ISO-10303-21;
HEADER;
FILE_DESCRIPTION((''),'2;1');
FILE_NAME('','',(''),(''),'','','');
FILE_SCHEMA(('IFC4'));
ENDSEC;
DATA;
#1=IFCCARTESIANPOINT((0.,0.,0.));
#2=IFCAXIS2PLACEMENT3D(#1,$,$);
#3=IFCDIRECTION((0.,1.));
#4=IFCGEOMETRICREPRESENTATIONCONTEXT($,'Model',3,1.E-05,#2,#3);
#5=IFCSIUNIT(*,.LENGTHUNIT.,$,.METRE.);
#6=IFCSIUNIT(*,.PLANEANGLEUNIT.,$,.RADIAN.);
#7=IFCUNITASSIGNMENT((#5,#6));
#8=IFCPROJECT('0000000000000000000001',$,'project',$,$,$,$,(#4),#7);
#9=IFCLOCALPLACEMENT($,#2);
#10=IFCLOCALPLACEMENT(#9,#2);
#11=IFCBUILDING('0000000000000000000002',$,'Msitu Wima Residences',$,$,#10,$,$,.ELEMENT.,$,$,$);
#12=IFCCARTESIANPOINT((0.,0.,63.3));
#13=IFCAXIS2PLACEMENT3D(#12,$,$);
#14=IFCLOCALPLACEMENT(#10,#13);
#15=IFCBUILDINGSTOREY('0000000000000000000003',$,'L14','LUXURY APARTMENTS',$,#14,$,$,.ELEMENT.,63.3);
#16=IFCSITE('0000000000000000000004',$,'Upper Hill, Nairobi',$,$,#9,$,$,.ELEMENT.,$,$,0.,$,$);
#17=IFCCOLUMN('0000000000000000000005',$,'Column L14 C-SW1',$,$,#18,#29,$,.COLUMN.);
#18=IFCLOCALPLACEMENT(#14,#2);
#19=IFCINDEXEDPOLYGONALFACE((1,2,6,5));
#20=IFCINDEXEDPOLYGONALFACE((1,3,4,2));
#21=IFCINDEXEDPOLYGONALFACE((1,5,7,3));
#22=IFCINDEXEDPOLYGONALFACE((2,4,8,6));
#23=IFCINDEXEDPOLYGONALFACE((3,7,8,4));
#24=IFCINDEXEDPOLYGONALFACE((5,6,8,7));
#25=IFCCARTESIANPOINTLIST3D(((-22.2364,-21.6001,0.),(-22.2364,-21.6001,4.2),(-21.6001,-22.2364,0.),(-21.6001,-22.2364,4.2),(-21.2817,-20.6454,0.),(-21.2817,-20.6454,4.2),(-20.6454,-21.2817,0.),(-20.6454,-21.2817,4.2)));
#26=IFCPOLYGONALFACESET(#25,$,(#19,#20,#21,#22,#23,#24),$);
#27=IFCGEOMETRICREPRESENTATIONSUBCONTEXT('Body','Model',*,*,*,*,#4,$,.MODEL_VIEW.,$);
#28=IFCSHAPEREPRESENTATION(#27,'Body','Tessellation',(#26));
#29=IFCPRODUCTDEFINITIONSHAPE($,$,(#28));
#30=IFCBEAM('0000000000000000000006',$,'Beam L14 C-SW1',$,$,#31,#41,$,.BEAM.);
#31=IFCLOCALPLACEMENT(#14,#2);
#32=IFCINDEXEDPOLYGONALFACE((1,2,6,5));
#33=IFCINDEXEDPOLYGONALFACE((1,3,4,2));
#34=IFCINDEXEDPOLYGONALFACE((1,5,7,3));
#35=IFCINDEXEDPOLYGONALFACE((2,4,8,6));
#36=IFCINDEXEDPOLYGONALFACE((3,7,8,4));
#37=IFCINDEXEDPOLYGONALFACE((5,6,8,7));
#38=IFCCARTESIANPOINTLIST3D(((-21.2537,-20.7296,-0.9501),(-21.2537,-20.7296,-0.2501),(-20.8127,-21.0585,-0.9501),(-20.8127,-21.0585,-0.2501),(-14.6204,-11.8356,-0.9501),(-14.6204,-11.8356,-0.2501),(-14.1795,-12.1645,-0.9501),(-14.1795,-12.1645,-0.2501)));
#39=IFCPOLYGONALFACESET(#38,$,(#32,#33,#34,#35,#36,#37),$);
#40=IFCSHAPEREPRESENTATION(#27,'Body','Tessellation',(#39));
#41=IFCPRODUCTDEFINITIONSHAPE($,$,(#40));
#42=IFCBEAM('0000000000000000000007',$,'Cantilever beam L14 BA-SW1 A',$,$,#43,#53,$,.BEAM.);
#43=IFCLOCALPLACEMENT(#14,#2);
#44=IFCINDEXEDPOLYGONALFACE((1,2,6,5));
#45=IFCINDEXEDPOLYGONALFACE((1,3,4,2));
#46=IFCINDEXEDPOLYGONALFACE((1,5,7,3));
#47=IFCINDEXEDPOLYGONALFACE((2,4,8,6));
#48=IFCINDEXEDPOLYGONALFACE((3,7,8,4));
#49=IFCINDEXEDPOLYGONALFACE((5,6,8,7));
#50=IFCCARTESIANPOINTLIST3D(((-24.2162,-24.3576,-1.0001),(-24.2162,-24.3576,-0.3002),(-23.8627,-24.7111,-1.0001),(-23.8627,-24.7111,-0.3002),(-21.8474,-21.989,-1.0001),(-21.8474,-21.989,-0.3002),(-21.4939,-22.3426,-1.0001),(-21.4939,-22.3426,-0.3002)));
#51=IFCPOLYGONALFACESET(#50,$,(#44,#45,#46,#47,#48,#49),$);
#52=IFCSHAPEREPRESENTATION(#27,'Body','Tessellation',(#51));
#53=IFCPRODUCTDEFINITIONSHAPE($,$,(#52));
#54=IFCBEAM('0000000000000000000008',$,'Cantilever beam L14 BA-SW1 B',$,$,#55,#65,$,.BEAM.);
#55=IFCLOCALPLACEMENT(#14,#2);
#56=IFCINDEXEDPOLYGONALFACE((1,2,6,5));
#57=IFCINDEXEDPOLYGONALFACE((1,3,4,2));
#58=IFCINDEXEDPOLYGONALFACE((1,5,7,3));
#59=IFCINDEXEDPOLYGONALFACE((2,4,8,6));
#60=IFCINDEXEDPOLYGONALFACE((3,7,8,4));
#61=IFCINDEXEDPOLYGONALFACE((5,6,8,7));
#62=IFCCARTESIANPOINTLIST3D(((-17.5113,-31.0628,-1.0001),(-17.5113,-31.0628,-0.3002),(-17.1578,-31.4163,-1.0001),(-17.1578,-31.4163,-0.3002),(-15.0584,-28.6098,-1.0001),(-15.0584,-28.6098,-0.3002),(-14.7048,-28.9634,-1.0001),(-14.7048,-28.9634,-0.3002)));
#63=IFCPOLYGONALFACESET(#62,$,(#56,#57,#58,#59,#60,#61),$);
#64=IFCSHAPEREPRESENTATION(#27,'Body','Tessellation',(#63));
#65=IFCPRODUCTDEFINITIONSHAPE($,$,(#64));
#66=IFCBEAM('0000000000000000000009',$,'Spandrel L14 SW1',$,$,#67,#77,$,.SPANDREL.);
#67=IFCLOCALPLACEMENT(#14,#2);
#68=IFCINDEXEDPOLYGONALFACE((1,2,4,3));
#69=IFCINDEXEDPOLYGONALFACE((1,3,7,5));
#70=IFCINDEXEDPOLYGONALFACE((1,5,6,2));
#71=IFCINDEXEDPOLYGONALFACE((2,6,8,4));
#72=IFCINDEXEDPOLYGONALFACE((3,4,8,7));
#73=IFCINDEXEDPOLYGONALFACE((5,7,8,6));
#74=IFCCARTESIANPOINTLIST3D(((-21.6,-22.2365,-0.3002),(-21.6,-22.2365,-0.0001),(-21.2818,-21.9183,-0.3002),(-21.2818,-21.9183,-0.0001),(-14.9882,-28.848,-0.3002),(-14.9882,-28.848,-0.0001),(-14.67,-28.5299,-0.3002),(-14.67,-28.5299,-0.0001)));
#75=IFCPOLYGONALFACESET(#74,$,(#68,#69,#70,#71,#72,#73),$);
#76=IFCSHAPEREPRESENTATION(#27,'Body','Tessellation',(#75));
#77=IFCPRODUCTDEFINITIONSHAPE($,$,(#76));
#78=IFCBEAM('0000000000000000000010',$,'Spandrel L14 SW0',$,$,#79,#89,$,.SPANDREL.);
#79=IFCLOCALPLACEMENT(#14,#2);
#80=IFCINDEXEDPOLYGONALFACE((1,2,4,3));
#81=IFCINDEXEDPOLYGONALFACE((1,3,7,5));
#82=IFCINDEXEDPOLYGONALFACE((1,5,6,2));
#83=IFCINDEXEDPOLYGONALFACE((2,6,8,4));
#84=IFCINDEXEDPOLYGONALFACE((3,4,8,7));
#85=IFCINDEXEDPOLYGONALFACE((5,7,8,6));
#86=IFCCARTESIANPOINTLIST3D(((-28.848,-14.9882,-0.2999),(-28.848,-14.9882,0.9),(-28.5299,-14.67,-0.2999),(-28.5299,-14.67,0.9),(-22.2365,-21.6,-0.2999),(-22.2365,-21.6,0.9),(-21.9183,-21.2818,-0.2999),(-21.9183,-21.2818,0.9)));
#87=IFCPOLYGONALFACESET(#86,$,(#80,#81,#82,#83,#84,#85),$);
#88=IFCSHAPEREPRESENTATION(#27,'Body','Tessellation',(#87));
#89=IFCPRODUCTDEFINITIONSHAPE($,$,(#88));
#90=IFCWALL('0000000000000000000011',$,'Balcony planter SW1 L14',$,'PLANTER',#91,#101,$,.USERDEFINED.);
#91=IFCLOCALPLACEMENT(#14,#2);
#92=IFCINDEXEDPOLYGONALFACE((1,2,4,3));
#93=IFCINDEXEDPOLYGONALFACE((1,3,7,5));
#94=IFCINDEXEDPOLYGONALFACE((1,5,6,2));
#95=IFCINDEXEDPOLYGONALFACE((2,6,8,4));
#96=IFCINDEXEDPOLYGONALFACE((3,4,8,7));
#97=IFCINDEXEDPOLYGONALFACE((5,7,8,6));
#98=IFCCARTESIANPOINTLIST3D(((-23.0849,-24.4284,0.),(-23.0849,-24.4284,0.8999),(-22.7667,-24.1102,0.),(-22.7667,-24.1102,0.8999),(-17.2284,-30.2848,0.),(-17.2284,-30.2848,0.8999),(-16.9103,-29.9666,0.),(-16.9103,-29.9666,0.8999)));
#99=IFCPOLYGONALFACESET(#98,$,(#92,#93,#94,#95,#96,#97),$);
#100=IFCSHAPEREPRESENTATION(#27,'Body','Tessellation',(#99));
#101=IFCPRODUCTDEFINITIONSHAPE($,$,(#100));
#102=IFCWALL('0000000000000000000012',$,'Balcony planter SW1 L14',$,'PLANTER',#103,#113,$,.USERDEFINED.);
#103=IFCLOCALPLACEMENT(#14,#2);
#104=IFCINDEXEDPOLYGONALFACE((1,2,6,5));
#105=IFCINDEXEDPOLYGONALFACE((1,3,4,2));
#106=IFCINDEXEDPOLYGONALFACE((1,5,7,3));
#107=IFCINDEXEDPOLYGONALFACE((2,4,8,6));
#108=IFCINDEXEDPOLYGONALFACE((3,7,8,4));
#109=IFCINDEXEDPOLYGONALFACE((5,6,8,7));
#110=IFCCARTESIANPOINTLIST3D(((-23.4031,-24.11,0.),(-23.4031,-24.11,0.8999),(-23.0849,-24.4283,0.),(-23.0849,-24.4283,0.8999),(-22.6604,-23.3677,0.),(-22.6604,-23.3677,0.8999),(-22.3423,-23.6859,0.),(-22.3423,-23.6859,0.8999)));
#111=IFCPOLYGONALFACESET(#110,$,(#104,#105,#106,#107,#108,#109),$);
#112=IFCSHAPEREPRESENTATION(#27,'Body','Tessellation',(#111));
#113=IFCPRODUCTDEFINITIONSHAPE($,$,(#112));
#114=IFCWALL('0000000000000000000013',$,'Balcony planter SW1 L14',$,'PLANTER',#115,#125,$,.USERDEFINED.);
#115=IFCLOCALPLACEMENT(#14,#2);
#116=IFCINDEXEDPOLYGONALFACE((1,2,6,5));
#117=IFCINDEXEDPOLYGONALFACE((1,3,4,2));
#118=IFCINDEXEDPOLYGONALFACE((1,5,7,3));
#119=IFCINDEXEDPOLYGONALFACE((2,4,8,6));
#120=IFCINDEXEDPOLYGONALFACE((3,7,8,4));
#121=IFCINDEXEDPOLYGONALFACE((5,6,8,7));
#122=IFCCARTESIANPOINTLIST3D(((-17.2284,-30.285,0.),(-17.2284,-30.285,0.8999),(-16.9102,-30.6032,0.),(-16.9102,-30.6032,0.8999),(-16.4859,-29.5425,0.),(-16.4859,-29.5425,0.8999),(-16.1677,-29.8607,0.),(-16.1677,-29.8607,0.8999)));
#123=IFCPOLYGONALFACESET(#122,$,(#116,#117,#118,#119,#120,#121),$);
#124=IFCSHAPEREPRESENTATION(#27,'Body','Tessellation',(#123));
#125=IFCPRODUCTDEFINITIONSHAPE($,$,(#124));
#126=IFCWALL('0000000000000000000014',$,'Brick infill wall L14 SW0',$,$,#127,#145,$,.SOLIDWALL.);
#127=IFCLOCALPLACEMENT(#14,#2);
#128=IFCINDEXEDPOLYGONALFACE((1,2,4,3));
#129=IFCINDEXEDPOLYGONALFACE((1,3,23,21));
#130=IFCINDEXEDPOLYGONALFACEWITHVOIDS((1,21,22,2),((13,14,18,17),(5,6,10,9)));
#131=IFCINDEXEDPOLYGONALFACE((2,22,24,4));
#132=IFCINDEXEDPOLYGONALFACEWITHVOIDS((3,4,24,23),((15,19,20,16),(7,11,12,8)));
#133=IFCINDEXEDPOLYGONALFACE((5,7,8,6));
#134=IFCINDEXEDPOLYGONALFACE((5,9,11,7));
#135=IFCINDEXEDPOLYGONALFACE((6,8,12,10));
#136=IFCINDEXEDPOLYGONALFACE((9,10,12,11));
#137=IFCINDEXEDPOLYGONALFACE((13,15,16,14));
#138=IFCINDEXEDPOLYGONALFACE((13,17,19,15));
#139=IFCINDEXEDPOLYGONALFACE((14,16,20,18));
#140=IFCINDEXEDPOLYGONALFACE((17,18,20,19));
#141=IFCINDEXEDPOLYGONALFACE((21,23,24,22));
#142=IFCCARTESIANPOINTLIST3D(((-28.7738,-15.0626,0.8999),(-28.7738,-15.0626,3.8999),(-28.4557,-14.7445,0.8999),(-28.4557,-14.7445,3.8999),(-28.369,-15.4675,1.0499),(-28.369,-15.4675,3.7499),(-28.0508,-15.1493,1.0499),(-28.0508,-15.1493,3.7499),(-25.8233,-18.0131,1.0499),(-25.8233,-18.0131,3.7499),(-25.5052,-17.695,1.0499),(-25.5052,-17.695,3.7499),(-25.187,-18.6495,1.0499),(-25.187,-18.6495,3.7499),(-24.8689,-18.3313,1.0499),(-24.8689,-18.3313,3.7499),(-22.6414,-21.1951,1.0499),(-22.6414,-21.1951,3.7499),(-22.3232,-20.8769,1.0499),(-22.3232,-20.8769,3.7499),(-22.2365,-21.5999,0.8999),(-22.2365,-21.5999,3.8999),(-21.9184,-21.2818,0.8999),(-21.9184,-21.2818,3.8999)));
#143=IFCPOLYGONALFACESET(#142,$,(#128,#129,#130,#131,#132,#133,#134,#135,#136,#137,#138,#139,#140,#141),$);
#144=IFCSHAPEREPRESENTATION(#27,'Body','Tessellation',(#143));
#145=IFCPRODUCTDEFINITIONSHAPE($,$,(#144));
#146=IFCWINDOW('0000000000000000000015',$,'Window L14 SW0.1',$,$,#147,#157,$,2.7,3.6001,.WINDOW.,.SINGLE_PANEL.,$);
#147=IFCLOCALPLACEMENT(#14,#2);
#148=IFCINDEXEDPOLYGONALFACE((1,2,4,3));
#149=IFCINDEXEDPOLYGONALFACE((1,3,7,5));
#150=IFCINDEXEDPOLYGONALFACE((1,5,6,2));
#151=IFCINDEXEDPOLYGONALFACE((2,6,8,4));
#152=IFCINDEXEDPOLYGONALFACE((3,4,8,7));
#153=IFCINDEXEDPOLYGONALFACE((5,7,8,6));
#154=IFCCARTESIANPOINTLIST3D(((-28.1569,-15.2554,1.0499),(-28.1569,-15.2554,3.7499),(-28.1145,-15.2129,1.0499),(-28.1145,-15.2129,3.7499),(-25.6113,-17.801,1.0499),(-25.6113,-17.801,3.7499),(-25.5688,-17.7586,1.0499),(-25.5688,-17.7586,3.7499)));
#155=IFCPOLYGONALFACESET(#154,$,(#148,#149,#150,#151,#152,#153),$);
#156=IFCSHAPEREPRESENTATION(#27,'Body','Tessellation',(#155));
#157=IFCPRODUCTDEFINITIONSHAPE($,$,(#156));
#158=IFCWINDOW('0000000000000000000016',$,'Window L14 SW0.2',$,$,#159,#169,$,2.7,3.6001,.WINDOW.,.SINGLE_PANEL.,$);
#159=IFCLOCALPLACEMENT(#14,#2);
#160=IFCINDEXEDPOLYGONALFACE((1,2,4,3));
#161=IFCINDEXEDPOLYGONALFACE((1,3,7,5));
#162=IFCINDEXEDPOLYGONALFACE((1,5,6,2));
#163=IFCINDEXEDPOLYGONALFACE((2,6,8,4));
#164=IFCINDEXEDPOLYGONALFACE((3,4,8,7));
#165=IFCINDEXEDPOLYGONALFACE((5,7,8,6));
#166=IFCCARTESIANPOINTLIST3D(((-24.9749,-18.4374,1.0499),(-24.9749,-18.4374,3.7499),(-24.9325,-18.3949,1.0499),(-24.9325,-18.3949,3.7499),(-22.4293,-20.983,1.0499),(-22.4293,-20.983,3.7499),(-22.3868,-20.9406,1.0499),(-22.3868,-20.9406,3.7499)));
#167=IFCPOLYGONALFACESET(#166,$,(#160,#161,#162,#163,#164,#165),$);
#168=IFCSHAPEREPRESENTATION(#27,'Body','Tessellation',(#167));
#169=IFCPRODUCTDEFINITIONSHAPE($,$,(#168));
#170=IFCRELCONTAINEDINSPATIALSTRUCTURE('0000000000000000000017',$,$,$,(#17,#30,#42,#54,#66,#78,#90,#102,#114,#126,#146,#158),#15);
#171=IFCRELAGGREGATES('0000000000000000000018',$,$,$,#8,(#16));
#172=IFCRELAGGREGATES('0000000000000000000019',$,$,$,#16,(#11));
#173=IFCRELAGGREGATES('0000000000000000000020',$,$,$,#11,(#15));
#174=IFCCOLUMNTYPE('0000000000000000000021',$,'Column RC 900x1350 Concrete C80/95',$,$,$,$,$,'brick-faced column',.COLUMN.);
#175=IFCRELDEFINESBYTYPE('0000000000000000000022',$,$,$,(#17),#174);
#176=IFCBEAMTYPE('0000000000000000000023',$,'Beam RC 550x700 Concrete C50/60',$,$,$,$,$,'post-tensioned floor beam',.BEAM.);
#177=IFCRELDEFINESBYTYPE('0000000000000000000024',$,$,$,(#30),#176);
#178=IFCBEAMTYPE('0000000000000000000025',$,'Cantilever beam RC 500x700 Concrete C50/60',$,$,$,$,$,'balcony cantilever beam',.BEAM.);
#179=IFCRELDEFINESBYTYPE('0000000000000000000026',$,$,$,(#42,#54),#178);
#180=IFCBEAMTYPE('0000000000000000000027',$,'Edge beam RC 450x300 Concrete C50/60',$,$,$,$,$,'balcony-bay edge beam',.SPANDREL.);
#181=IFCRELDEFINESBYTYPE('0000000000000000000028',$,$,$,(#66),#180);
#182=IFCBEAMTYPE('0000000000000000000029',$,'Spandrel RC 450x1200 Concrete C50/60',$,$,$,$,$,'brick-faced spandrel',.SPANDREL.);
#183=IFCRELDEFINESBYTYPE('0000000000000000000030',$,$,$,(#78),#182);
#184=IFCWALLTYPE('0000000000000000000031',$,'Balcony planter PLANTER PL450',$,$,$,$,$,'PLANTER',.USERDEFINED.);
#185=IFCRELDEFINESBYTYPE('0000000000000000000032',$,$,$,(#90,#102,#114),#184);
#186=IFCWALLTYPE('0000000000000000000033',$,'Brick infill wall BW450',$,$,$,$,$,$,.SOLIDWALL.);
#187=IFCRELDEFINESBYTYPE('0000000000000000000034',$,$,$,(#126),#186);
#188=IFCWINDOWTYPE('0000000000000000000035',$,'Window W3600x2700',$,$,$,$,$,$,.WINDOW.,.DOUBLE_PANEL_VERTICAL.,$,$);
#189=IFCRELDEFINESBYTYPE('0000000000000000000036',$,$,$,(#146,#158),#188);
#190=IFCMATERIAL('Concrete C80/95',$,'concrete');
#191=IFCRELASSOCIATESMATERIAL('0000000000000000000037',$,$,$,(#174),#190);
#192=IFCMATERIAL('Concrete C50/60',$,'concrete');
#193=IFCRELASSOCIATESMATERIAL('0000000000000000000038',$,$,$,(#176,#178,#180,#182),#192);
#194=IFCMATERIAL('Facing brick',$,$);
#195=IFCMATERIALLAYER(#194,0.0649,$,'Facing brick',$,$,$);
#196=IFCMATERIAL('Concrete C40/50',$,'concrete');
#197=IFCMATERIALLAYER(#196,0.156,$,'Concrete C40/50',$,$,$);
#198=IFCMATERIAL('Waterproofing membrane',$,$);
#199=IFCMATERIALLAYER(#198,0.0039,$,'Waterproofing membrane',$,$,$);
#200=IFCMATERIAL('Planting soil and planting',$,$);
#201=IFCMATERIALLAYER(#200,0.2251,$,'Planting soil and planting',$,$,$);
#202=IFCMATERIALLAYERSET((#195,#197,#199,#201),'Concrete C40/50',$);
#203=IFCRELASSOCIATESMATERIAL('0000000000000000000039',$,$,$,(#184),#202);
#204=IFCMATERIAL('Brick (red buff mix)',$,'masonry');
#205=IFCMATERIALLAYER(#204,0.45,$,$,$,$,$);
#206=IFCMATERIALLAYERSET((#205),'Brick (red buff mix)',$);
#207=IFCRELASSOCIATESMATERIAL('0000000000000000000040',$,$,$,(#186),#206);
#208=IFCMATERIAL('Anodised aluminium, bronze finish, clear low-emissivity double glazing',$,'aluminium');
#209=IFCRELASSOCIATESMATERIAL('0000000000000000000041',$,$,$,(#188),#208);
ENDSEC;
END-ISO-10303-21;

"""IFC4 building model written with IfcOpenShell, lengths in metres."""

from ifc_helpers import new_model, si_unit, direction, frame, frame_2d, origin, origin_2d, place, context, subcontext, project, spatial, rectangle, extrude, material, layer, layer_set, material_profile, profile_set, type_object, element, fill, save


model = new_model("IFC4")

# Units and contexts
model_context = context("Model", 3, precision=1e-05, world=origin(), true_north=direction((0.0, 1.0)))
body_context = subcontext(model_context, "Body", "Model", "MODEL_VIEW")
ifc_project = project(units=[si_unit("LENGTHUNIT", "METRE"), si_unit("PLANEANGLEUNIT", "RADIAN")], contexts=[model_context])

# Site, building, storey
site_placement = place(None, origin())
site = spatial("IfcSite", under=ifc_project, at=site_placement, Name="Upper Hill, Nairobi", CompositionType="ELEMENT", RefElevation=0.0)
building_placement = place(site_placement, origin())
building = spatial("IfcBuilding", under=site, at=building_placement, Name="Msitu Wima Residences", CompositionType="ELEMENT")
storey_placement = place(building_placement, frame((0.0, 0.0, 63.3)))
storey = spatial("IfcBuildingStorey", under=building, at=storey_placement, Name="L14", Description="LUXURY APARTMENTS", CompositionType="ELEMENT", Elevation=63.3)

# Column
ifc_material_1 = material(Name="Concrete C80/95", Category="concrete")
ifc_material_profile_1 = material_profile(ifc_material_1, rectangle(XDim=0.8999, YDim=1.3501, at=origin_2d()), Name="RC 900x1350")
ifc_profile_set_1 = profile_set([ifc_material_profile_1], Name="Concrete C80/95")
column_type = type_object("IfcColumnType", Name="Column RC 900x1350 Concrete C80/95", ElementType="brick-faced column", PredefinedType="COLUMN", material=ifc_profile_set_1)
column_placement = place(storey_placement, frame((-21.4409, -21.4409, 0.0), z_axis=(0.0, 0.0, 1.0), x_axis=(0.707107, -0.707107, 0.0)))
element("IfcColumn", 1, at=column_placement, inside=storey, type_object=column_type, Name="Column L14 C-SW1", PredefinedType="COLUMN", context=body_context, shape_type="SweptSolid", body=[
    extrude(rectangle(XDim=0.8999, YDim=1.3501, at=origin_2d()), origin(), (0.0, 0.0, 1.0), 4.2),
])

# Beams
ifc_material_2 = material(Name="Concrete C50/60", Category="concrete")
ifc_material_profile_2 = material_profile(ifc_material_2, rectangle(XDim=0.55, YDim=0.7, at=origin_2d()), Name="RC 550x700")
ifc_profile_set_2 = profile_set([ifc_material_profile_2], Name="Concrete C50/60")
beam_type_1 = type_object("IfcBeamType", Name="Beam RC 550x700 Concrete C50/60", ElementType="post-tensioned floor beam", PredefinedType="BEAM", material=ifc_profile_set_2)
beam_1_placement = place(storey_placement, frame((-21.0332, -20.894, -0.6001), z_axis=(0.59785, 0.801608, 0.0), x_axis=(-0.801608, 0.59785, 0.0)))
element("IfcBeam", 2, at=beam_1_placement, inside=storey, type_object=beam_type_1, Name="Beam L14 C-SW1", PredefinedType="BEAM", context=body_context, shape_type="SweptSolid", body=[
    extrude(rectangle(XDim=0.55, YDim=0.7, at=origin_2d()), origin(), (0.0, 0.0, 1.0), 11.0952),
])
ifc_material_profile_3 = material_profile(ifc_material_2, rectangle(XDim=0.5, YDim=0.7, at=origin_2d()), Name="RC 500x700")
ifc_profile_set_3 = profile_set([ifc_material_profile_3], Name="Concrete C50/60")
beam_type_2 = type_object("IfcBeamType", Name="Cantilever beam RC 500x700 Concrete C50/60", ElementType="balcony cantilever beam", PredefinedType="BEAM", material=ifc_profile_set_3)
beam_2_placement = place(storey_placement, frame((-21.6707, -22.1658, -0.6501), z_axis=(-0.707143, -0.70707, 0.0), x_axis=(0.70707, -0.707143, 0.0)))
element("IfcBeam", 3, at=beam_2_placement, inside=storey, type_object=beam_type_2, Name="Cantilever beam L14 BA-SW1 A", PredefinedType="BEAM", context=body_context, shape_type="SweptSolid", body=[
    extrude(rectangle(XDim=0.5, YDim=0.7, at=origin_2d()), origin(), (0.0, 0.0, 1.0), 3.3499),
])
beam_3_placement = place(storey_placement, frame((-14.8816, -28.7866, -0.6501), z_axis=(-0.707107, -0.707107, 0.0), x_axis=(0.707107, -0.707107, 0.0)))
element("IfcBeam", 4, at=beam_3_placement, inside=storey, type_object=beam_type_2, Name="Cantilever beam L14 BA-SW1 B", PredefinedType="BEAM", context=body_context, shape_type="SweptSolid", body=[
    extrude(rectangle(XDim=0.5, YDim=0.7, at=origin_2d()), origin(), (0.0, 0.0, 1.0), 3.469),
])
ifc_material_profile_4 = material_profile(ifc_material_2, rectangle(XDim=0.45, YDim=0.3, at=origin_2d()), Name="RC 450x300")
ifc_profile_set_4 = profile_set([ifc_material_profile_4], Name="Concrete C50/60")
beam_type_3 = type_object("IfcBeamType", Name="Edge beam RC 450x300 Concrete C50/60", ElementType="balcony-bay edge beam", PredefinedType="SPANDREL", material=ifc_profile_set_4)
beam_4_placement = place(storey_placement, frame((-21.4409, -22.0774, -0.1501), z_axis=(0.70712, -0.707094, 0.0), x_axis=(0.707094, 0.70712, 0.0)))
element("IfcBeam", 5, at=beam_4_placement, inside=storey, type_object=beam_type_3, Name="Spandrel L14 SW1", PredefinedType="SPANDREL", context=body_context, shape_type="SweptSolid", body=[
    extrude(rectangle(XDim=0.45, YDim=0.3, at=origin_2d()), origin(), (0.0, 0.0, 1.0), 9.3503),
])
ifc_material_profile_5 = material_profile(ifc_material_2, rectangle(XDim=0.45, YDim=1.2, at=origin_2d()), Name="RC 450x1200")
ifc_profile_set_5 = profile_set([ifc_material_profile_5], Name="Concrete C50/60")
beam_type_4 = type_object("IfcBeamType", Name="Spandrel RC 450x1200 Concrete C50/60", ElementType="brick-faced spandrel", PredefinedType="SPANDREL", material=ifc_profile_set_5)
beam_5_placement = place(storey_placement, frame((-28.689, -14.8291, 0.3), z_axis=(0.707094, -0.70712, 0.0), x_axis=(0.70712, 0.707094, 0.0)))
element("IfcBeam", 6, at=beam_5_placement, inside=storey, type_object=beam_type_4, Name="Spandrel L14 SW0", PredefinedType="SPANDREL", context=body_context, shape_type="SweptSolid", body=[
    extrude(rectangle(XDim=0.45, YDim=1.2, at=origin_2d()), origin(), (0.0, 0.0, 1.0), 9.3503),
])

# Walls
ifc_material_3 = material(Name="Facing brick")
ifc_layer_1 = layer(ifc_material_3, 0.0649, Name="Facing brick")
ifc_material_4 = material(Name="Concrete C40/50", Category="concrete")
ifc_layer_2 = layer(ifc_material_4, 0.156, Name="Concrete C40/50")
ifc_material_5 = material(Name="Waterproofing membrane")
ifc_layer_3 = layer(ifc_material_5, 0.0039, Name="Waterproofing membrane")
ifc_material_6 = material(Name="Planting soil and planting")
ifc_layer_4 = layer(ifc_material_6, 0.2251, Name="Planting soil and planting")
ifc_layer_set_1 = layer_set([ifc_layer_1, ifc_layer_2, ifc_layer_3, ifc_layer_4], Name="Concrete C40/50")
wall_type_1 = type_object("IfcWallType", Name="Balcony planter PLANTER PL450", ElementType="PLANTER", PredefinedType="USERDEFINED", material=ifc_layer_set_1)
wall_1_placement = place(storey_placement, frame((-22.9258, -24.2693, 0.0), z_axis=(0.0, 0.0, 1.0), x_axis=(0.707107, -0.707107, 0.0)))
element("IfcWall", 7, at=wall_1_placement, inside=storey, type_object=wall_type_1, Name="Balcony planter SW1 L14", ObjectType="PLANTER", PredefinedType="USERDEFINED", context=body_context, shape_type="SweptSolid", body=[
    extrude(rectangle(XDim=8.2822, YDim=0.45, at=frame_2d((4.1411, 0.0))), origin(), (0.0, 0.0, 1.0), 0.8999),
])
for number, where, z_axis, x_axis, name in (
    (8, (-22.5015, -23.5269, 0.0), (0.0, 0.0, 1.0), (-0.707223, -0.706991, 0.0), "Balcony planter SW1 L14"),
    (9, (-16.3269, -29.7017, 0.0), (0.0, 0.0, 1.0), (-0.707107, -0.707107, 0.0), "Balcony planter SW1 L14"),
):
    element("IfcWall", number, at=place(storey_placement, frame(where, z_axis=z_axis, x_axis=x_axis)), inside=storey, type_object=wall_type_1, Name=name, ObjectType="PLANTER", PredefinedType="USERDEFINED", context=body_context, shape_type="SweptSolid", body=[
        extrude(rectangle(XDim=1.05, YDim=0.45, at=frame_2d((0.5249, 0.0))), origin(), (0.0, 0.0, 1.0), 0.8999),
    ])

# Wall, openings, windows
ifc_material_7 = material(Name="Brick (red buff mix)", Category="masonry")
ifc_layer_5 = layer(ifc_material_7, 0.45)
ifc_layer_set_2 = layer_set([ifc_layer_5], Name="Brick (red buff mix)")
wall_type_2 = type_object("IfcWallType", Name="Brick infill wall BW450", PredefinedType="SOLIDWALL", material=ifc_layer_set_2)
wall_2_placement = place(storey_placement, frame((-28.6147, -14.9036, 0.8999), z_axis=(0.0, 0.0, 1.0), x_axis=(0.707107, -0.707107, 0.0)))
wall_2 = element("IfcWall", 10, at=wall_2_placement, inside=storey, type_object=wall_type_2, Name="Brick infill wall L14 SW0", PredefinedType="SOLIDWALL", context=body_context, shape_type="SweptSolid", body=[
    extrude(rectangle(XDim=9.2451, YDim=0.45, at=frame_2d((4.6226, 0.0))), origin(), (0.0, 0.0, 1.0), 3.0),
])
opening_1_placement = place(wall_2_placement, frame((0.5725, 0.0, 0.1499)))
opening_1 = element("IfcOpeningElement", 11, at=opening_1_placement, cuts=wall_2, PredefinedType="OPENING", context=body_context, shape_type="SweptSolid", body=[
    extrude(rectangle(XDim=3.6001, YDim=2.7, at=frame_2d((1.8, 1.3501))), frame((0.0, 0.2349, 0.0), z_axis=(0.0, -1.0, 0.0), x_axis=(1.0, 0.0, 0.0)), (0.0, 0.0, 1.0), 0.47),
])
opening_2_placement = place(wall_2_placement, frame((5.0725, 0.0, 0.1499)))
opening_2 = element("IfcOpeningElement", 12, at=opening_2_placement, cuts=wall_2, PredefinedType="OPENING", context=body_context, shape_type="SweptSolid", body=[
    extrude(rectangle(XDim=3.6001, YDim=2.7, at=frame_2d((1.8, 1.3501))), frame((0.0, 0.2349, 0.0), z_axis=(0.0, -1.0, 0.0), x_axis=(1.0, 0.0, 0.0)), (0.0, 0.0, 1.0), 0.47),
])
ifc_material_8 = material(Name="Anodised aluminium, bronze finish, clear low-emissivity double glazing", Category="aluminium")
window_type = type_object("IfcWindowType", Name="Window W3600x2700", PartitioningType="DOUBLE_PANEL_VERTICAL", PredefinedType="WINDOW", material=ifc_material_8)
window_1_placement = place(opening_1_placement, origin())
window_1 = element("IfcWindow", 13, at=window_1_placement, inside=storey, type_object=window_type, Name="Window L14 SW0.1", OverallHeight=2.7, OverallWidth=3.6001, PartitioningType="SINGLE_PANEL", PredefinedType="WINDOW", context=body_context, shape_type="SweptSolid", body=[
    extrude(rectangle(XDim=3.6001, YDim=2.7, at=frame_2d((1.8, 1.3501))), frame((0.0, 0.135, 0.0), z_axis=(0.0, -1.0, 0.0), x_axis=(1.0, 0.0, 0.0)), (0.0, 0.0, 1.0), 0.0601),
])
fill(opening_1, window_1)
window_2_placement = place(opening_2_placement, origin())
window_2 = element("IfcWindow", 14, at=window_2_placement, inside=storey, type_object=window_type, Name="Window L14 SW0.2", OverallHeight=2.7, OverallWidth=3.6001, PartitioningType="SINGLE_PANEL", PredefinedType="WINDOW", context=body_context, shape_type="SweptSolid", body=[
    extrude(rectangle(XDim=3.6001, YDim=2.7, at=frame_2d((1.8, 1.3501))), frame((0.0, 0.135, 0.0), z_axis=(0.0, -1.0, 0.0), x_axis=(1.0, 0.0, 0.0)), (0.0, 0.0, 1.0), 0.0601),
])
fill(opening_2, window_2)

save(model, "model.ifc")
